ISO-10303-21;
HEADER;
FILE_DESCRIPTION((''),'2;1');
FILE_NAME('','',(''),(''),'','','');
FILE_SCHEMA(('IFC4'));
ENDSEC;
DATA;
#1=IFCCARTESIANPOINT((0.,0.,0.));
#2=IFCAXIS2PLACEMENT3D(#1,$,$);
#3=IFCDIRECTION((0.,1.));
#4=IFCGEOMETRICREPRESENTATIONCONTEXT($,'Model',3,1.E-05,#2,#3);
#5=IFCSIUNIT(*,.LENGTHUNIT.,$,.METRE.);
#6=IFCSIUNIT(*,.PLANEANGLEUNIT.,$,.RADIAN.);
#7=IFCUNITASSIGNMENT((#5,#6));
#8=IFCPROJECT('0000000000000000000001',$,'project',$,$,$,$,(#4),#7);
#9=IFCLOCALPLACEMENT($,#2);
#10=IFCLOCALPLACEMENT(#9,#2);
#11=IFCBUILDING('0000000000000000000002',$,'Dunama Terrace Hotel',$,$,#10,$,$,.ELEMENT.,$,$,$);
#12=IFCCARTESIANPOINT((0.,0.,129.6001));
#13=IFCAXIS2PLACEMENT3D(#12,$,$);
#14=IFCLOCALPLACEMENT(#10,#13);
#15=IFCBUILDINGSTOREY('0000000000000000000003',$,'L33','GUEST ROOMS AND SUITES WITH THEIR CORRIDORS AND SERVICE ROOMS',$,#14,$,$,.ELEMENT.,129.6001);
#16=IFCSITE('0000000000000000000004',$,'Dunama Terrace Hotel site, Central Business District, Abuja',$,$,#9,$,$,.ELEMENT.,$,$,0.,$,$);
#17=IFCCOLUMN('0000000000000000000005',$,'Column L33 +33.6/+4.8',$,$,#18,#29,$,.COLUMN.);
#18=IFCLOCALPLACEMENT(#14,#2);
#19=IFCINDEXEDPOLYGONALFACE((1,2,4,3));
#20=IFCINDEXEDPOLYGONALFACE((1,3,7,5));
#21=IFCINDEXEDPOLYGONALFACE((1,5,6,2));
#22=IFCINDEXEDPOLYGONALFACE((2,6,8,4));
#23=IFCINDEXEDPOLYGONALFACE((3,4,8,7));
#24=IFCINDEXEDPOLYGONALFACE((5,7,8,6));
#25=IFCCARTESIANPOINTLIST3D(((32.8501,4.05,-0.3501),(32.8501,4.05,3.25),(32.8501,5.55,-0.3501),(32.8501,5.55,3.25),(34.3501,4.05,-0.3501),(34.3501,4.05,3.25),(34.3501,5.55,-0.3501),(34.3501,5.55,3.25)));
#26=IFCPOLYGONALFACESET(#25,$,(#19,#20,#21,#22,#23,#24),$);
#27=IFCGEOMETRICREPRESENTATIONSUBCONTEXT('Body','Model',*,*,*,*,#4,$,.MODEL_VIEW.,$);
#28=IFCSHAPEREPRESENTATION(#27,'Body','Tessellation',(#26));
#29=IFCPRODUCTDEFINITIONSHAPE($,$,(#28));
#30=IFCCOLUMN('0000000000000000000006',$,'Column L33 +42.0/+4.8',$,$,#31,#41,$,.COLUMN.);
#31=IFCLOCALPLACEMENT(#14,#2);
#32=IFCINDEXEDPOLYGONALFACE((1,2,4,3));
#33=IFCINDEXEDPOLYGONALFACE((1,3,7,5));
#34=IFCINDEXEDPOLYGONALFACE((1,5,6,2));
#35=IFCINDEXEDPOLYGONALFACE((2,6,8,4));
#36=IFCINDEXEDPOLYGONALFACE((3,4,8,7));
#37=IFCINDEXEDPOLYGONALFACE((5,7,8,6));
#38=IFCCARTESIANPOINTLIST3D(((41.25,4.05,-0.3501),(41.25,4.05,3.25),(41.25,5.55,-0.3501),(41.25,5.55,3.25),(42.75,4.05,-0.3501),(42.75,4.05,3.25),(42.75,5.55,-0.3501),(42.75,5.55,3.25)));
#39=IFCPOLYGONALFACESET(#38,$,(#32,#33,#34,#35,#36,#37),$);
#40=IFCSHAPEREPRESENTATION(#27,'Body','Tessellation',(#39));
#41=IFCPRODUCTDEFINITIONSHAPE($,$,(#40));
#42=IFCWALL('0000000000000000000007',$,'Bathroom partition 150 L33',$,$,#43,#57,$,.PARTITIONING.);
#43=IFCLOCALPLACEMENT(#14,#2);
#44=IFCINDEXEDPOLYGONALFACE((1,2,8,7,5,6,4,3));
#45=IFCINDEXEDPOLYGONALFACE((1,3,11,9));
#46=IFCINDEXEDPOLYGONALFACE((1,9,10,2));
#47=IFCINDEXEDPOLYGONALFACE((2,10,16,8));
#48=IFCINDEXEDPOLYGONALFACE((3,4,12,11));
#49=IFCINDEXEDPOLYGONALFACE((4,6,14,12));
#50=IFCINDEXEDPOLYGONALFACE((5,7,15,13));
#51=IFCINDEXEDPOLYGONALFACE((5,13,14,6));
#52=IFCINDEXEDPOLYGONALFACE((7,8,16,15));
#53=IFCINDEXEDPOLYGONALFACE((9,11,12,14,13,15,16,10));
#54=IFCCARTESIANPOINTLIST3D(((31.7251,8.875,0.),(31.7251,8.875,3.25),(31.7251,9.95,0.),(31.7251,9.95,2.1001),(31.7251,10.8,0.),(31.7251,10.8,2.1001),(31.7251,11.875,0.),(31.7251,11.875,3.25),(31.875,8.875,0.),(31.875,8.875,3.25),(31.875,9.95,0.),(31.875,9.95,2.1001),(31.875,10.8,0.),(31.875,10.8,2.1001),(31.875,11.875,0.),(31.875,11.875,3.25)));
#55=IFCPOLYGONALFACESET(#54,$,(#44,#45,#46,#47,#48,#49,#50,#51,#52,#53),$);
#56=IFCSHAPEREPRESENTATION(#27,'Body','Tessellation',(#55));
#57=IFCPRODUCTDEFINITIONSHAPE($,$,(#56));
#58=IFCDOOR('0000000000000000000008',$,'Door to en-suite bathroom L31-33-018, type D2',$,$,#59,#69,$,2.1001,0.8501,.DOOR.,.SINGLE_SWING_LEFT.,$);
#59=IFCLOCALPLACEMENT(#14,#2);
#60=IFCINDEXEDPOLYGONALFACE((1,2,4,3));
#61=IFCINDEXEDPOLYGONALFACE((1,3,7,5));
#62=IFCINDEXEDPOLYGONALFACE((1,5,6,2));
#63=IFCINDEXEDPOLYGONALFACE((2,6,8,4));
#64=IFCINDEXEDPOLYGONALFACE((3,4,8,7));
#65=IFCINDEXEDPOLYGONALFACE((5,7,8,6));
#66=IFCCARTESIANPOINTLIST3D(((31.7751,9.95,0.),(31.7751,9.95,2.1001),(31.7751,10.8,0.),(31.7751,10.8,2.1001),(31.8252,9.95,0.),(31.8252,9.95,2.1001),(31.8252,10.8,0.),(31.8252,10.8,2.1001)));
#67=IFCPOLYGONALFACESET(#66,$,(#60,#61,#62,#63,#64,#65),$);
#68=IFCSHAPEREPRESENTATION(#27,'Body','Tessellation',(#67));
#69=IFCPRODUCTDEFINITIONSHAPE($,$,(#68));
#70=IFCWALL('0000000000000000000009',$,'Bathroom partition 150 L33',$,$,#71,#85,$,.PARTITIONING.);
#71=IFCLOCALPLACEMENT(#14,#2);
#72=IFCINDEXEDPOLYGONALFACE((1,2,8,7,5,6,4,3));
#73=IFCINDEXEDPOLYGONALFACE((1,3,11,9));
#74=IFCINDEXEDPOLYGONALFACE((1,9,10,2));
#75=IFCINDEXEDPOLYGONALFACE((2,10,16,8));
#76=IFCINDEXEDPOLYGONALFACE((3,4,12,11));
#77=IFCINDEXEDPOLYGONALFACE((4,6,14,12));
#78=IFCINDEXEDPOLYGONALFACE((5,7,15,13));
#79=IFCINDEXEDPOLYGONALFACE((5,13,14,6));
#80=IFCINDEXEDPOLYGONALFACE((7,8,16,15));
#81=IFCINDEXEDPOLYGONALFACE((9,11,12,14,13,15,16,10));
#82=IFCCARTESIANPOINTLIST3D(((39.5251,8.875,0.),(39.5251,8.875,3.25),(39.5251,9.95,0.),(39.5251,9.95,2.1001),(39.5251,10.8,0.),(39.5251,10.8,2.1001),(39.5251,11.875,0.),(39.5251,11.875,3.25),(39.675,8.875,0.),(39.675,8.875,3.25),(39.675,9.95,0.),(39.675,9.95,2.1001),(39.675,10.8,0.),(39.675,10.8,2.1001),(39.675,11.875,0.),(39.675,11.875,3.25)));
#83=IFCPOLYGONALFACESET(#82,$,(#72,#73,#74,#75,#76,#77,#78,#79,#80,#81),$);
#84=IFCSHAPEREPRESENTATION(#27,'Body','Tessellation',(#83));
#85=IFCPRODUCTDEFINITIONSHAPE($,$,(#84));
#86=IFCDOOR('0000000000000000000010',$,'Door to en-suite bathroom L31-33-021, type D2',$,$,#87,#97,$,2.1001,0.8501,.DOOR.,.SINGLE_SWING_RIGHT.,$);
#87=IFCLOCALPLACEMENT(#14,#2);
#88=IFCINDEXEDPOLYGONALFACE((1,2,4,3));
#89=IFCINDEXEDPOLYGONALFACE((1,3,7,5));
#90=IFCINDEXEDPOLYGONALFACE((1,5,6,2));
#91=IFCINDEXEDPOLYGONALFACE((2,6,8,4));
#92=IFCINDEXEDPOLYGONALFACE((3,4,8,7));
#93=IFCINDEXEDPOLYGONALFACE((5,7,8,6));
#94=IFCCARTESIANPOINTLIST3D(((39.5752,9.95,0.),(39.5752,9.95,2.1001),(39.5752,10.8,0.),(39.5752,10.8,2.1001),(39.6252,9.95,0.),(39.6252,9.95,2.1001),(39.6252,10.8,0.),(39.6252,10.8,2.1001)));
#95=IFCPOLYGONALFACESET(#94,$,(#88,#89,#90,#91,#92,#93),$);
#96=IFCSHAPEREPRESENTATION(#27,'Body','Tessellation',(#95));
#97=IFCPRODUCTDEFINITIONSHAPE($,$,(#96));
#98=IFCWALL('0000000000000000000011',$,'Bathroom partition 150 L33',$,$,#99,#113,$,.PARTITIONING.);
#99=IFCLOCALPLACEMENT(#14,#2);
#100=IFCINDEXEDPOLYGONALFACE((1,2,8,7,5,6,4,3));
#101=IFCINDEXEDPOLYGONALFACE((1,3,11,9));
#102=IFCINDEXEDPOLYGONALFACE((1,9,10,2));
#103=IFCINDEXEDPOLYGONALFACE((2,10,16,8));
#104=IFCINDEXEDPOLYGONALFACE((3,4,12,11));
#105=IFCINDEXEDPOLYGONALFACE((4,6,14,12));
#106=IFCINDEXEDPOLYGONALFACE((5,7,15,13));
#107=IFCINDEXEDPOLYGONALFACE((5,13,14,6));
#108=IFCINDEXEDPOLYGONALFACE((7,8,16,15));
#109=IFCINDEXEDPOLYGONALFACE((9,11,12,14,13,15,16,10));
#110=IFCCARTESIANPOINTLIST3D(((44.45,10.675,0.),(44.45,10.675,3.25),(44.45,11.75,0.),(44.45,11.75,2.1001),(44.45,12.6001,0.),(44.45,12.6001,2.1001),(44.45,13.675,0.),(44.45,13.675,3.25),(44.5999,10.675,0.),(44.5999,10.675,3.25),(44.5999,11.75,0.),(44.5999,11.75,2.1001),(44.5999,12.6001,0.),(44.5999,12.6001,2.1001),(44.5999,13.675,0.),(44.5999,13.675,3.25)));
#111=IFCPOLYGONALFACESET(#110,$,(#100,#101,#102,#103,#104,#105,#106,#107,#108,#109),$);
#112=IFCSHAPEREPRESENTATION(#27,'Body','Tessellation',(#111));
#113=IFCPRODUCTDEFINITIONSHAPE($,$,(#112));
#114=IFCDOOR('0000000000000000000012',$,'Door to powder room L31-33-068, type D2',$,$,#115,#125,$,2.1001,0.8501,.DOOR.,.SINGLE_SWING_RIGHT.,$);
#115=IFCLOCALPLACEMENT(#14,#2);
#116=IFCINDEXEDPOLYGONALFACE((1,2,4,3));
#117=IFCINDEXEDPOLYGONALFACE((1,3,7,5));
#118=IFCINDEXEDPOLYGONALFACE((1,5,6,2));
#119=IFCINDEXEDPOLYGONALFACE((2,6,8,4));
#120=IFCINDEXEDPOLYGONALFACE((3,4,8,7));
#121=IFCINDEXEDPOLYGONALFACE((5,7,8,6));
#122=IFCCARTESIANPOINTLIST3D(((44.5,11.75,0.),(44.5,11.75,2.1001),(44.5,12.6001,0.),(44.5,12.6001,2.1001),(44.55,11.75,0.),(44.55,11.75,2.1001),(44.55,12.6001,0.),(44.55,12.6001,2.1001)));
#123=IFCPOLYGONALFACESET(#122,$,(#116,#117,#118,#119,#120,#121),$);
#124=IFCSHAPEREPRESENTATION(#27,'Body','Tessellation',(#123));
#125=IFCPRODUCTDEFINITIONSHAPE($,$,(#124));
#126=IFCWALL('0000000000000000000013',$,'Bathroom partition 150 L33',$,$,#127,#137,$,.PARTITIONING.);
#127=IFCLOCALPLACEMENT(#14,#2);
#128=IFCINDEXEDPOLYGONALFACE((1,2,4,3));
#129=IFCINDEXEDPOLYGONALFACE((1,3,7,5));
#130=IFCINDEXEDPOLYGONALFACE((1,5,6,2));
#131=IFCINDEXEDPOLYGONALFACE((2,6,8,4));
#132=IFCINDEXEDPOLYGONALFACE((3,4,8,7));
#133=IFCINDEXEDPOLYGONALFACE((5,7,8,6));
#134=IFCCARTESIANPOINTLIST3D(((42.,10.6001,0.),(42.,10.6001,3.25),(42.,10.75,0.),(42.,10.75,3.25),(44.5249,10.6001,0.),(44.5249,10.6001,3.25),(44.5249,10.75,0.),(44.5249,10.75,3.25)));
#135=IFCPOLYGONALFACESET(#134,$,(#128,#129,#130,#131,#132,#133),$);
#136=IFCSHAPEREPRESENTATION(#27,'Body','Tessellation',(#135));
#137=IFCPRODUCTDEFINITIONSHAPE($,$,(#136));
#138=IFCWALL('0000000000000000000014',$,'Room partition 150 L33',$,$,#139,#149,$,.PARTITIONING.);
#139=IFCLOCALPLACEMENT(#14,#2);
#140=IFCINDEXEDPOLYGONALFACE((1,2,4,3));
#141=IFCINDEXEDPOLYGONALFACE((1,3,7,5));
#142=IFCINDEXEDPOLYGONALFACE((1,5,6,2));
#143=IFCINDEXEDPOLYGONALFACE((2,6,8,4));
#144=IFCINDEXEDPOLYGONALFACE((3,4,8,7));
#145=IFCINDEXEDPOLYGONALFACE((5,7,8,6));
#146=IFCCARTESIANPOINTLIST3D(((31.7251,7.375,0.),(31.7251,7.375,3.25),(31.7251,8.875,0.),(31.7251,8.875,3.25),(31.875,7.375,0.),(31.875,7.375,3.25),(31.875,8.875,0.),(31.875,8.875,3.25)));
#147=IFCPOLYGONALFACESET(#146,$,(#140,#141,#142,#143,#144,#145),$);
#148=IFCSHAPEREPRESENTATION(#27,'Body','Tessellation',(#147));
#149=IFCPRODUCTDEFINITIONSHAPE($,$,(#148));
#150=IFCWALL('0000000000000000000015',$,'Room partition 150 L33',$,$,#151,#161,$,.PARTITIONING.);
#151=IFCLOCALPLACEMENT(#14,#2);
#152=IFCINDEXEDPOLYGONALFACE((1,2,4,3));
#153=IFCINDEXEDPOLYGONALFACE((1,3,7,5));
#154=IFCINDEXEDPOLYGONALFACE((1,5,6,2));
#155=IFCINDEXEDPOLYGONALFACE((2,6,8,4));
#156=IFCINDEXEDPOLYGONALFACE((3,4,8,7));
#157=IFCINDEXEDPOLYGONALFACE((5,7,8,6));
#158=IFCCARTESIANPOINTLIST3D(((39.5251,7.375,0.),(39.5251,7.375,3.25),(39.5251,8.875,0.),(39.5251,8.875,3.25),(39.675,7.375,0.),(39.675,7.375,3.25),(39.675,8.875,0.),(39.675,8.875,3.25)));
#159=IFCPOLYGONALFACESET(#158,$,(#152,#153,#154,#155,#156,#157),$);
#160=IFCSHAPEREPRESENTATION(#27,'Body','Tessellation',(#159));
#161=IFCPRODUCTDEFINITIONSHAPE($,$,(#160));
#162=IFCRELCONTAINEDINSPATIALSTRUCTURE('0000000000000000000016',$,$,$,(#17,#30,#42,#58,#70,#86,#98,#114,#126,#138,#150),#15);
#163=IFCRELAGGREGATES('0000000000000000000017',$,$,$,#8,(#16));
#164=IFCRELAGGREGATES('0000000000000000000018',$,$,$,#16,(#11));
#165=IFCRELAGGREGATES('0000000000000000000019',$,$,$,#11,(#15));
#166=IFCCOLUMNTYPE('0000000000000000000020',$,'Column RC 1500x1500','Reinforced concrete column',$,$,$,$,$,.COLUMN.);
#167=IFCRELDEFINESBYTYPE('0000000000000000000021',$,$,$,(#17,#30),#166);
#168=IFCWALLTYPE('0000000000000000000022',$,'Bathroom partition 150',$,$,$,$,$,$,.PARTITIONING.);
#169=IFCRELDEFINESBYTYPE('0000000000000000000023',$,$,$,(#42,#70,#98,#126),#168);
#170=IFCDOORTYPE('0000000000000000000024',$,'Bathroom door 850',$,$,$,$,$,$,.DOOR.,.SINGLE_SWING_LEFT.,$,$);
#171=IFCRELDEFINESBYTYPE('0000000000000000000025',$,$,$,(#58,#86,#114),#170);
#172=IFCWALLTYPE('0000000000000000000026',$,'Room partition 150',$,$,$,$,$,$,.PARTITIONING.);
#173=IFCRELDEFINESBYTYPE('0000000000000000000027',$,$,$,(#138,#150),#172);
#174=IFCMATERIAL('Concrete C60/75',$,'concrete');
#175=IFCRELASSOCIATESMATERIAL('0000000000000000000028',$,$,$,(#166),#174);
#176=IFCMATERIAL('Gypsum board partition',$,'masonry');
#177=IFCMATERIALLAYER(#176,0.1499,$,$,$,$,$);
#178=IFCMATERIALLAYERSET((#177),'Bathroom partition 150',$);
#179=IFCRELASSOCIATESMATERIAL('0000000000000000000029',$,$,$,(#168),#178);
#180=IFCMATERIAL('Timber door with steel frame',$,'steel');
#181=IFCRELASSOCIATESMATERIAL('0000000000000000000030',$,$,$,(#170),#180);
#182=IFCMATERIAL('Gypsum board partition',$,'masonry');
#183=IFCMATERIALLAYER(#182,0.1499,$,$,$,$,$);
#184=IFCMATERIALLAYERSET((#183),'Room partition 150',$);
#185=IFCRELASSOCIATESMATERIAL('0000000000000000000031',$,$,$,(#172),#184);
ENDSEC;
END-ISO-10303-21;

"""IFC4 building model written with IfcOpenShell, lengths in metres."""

from ifc_helpers import new_model, si_unit, direction, frame, frame_2d, origin, origin_2d, place, context, subcontext, project, spatial, rectangle, extrude, material, layer, layer_set, material_profile, profile_set, type_object, element, fill, save


model = new_model("IFC4")

# Units and contexts
model_context = context("Model", 3, precision=1e-05, world=origin(), true_north=direction((0.0, 1.0)))
body_context = subcontext(model_context, "Body", "Model", "MODEL_VIEW")
ifc_project = project(units=[si_unit("LENGTHUNIT", "METRE"), si_unit("PLANEANGLEUNIT", "RADIAN")], contexts=[model_context])

# Site, building, storey
site_placement = place(None, origin())
site = spatial("IfcSite", under=ifc_project, at=site_placement, Name="Dunama Terrace Hotel site, Central Business District, Abuja", CompositionType="ELEMENT", RefElevation=0.0)
building_placement = place(site_placement, origin())
building = spatial("IfcBuilding", under=site, at=building_placement, Name="Dunama Terrace Hotel", CompositionType="ELEMENT")
storey_placement = place(building_placement, frame((0.0, 0.0, 129.6001)))
storey = spatial("IfcBuildingStorey", under=building, at=storey_placement, Name="L33", Description="GUEST ROOMS AND SUITES WITH THEIR CORRIDORS AND SERVICE ROOMS", CompositionType="ELEMENT", Elevation=129.6001)

# Columns
ifc_material_1 = material(Name="Concrete C60/75", Category="concrete")
ifc_material_profile = material_profile(ifc_material_1, rectangle(XDim=1.5, YDim=1.5, at=origin_2d()), Name="RC 1500x1500")
ifc_profile_set = profile_set([ifc_material_profile], Name="Concrete C60/75")
column_type = type_object("IfcColumnType", Name="Column RC 1500x1500", Description="Reinforced concrete column", PredefinedType="COLUMN", material=ifc_profile_set)
for number, where, z_axis, x_axis, name in (
    (1, (33.6001, 4.8, -0.3501), (0.0, 0.0, 1.0), (1.0, 0.0, 0.0), "Column L33 +33.6/+4.8"),
    (2, (42.0, 4.8, -0.3501), (0.0, 0.0, 1.0), (1.0, 0.0, 0.0), "Column L33 +42.0/+4.8"),
):
    element("IfcColumn", number, at=place(storey_placement, frame(where, z_axis=z_axis, x_axis=x_axis)), inside=storey, type_object=column_type, Name=name, PredefinedType="COLUMN", context=body_context, shape_type="SweptSolid", body=[
        extrude(rectangle(XDim=1.5, YDim=1.5, at=origin_2d()), origin(), (0.0, 0.0, 1.0), 3.6001),
    ])

# Walls, openings, doors
ifc_material_2 = material(Name="Gypsum board partition", Category="masonry")
ifc_layer_1 = layer(ifc_material_2, 0.1499)
ifc_layer_set_1 = layer_set([ifc_layer_1], Name="Bathroom partition 150")
wall_type_1 = type_object("IfcWallType", Name="Bathroom partition 150", PredefinedType="PARTITIONING", material=ifc_layer_set_1)
wall_1_placement = place(storey_placement, frame((31.8, 8.875, 0.0), z_axis=(0.0, 0.0, 1.0), x_axis=(0.0, 1.0, 0.0)))
wall_1 = element("IfcWall", 3, at=wall_1_placement, inside=storey, type_object=wall_type_1, Name="Bathroom partition 150 L33", PredefinedType="PARTITIONING", context=body_context, shape_type="SweptSolid", body=[
    extrude(rectangle(XDim=3.0, YDim=0.1499, at=frame_2d((1.5, 0.0))), origin(), (0.0, 0.0, 1.0), 3.25),
])
opening_1_placement = place(wall_1_placement, frame((1.075, 0.0, 0.0)))
opening_1 = element("IfcOpeningElement", 4, at=opening_1_placement, cuts=wall_1, PredefinedType="OPENING", context=body_context, shape_type="SweptSolid", body=[
    extrude(rectangle(XDim=0.8501, YDim=2.1001, at=frame_2d((0.425, 1.05))), frame((0.0, 0.085, 0.0), z_axis=(0.0, -1.0, 0.0), x_axis=(1.0, 0.0, 0.0)), (0.0, 0.0, 1.0), 0.1699),
])
ifc_material_3 = material(Name="Timber door with steel frame", Category="steel")
door_type_1 = type_object("IfcDoorType", Name="Bathroom door 850", OperationType="SINGLE_SWING_LEFT", PredefinedType="DOOR", material=ifc_material_3)
door_1_placement = place(opening_1_placement, origin())
door_1 = element("IfcDoor", 5, at=door_1_placement, inside=storey, type_object=door_type_1, Name="Door to en-suite bathroom L31-33-018, type D2", OperationType="SINGLE_SWING_LEFT", OverallHeight=2.1001, OverallWidth=0.8501, PredefinedType="DOOR", context=body_context, shape_type="SweptSolid", body=[
    extrude(rectangle(XDim=0.8501, YDim=2.1001, at=frame_2d((0.425, 1.05))), frame((0.0, 0.0249, 0.0), z_axis=(0.0, -1.0, 0.0), x_axis=(1.0, 0.0, 0.0)), (0.0, 0.0, 1.0), 0.05),
])
fill(opening_1, door_1)
wall_2_placement = place(storey_placement, frame((39.6001, 8.875, 0.0), z_axis=(0.0, 0.0, 1.0), x_axis=(0.0, 1.0, 0.0)))
wall_2 = element("IfcWall", 6, at=wall_2_placement, inside=storey, type_object=wall_type_1, Name="Bathroom partition 150 L33", PredefinedType="PARTITIONING", context=body_context, shape_type="SweptSolid", body=[
    extrude(rectangle(XDim=3.0, YDim=0.1499, at=frame_2d((1.5, 0.0))), origin(), (0.0, 0.0, 1.0), 3.25),
])
opening_2_placement = place(wall_2_placement, frame((1.075, 0.0, 0.0)))
opening_2 = element("IfcOpeningElement", 7, at=opening_2_placement, cuts=wall_2, PredefinedType="OPENING", context=body_context, shape_type="SweptSolid", body=[
    extrude(rectangle(XDim=0.8501, YDim=2.1001, at=frame_2d((0.425, 1.05))), frame((0.0, 0.085, 0.0), z_axis=(0.0, -1.0, 0.0), x_axis=(1.0, 0.0, 0.0)), (0.0, 0.0, 1.0), 0.1699),
])
door_2_placement = place(opening_2_placement, frame((0.8501, 0.0, 0.0), z_axis=(0.0, 0.0, 1.0), x_axis=(-1.0, 0.0, 0.0)))
door_2 = element("IfcDoor", 8, at=door_2_placement, inside=storey, type_object=door_type_1, Name="Door to en-suite bathroom L31-33-021, type D2", OperationType="SINGLE_SWING_RIGHT", OverallHeight=2.1001, OverallWidth=0.8501, PredefinedType="DOOR", context=body_context, shape_type="SweptSolid", body=[
    extrude(rectangle(XDim=0.8501, YDim=2.1001, at=frame_2d((0.425, 1.05))), frame((0.0, 0.0251, 0.0), z_axis=(0.0, -1.0, 0.0), x_axis=(1.0, 0.0, 0.0)), (0.0, 0.0, 1.0), 0.05),
])
fill(opening_2, door_2)
wall_3_placement = place(storey_placement, frame((44.5249, 10.675, 0.0), z_axis=(0.0, 0.0, 1.0), x_axis=(0.0, 1.0, 0.0)))
wall_3 = element("IfcWall", 9, at=wall_3_placement, inside=storey, type_object=wall_type_1, Name="Bathroom partition 150 L33", PredefinedType="PARTITIONING", context=body_context, shape_type="SweptSolid", body=[
    extrude(rectangle(XDim=3.0, YDim=0.1499, at=frame_2d((1.5, 0.0))), origin(), (0.0, 0.0, 1.0), 3.25),
])
opening_3_placement = place(wall_3_placement, frame((1.075, 0.0, 0.0)))
opening_3 = element("IfcOpeningElement", 10, at=opening_3_placement, cuts=wall_3, PredefinedType="OPENING", context=body_context, shape_type="SweptSolid", body=[
    extrude(rectangle(XDim=0.8501, YDim=2.1001, at=frame_2d((0.425, 1.05))), frame((0.0, 0.085, 0.0), z_axis=(0.0, -1.0, 0.0), x_axis=(1.0, 0.0, 0.0)), (0.0, 0.0, 1.0), 0.1699),
])
door_3_placement = place(opening_3_placement, origin())
door_3 = element("IfcDoor", 11, at=door_3_placement, inside=storey, type_object=door_type_1, Name="Door to powder room L31-33-068, type D2", OperationType="SINGLE_SWING_RIGHT", OverallHeight=2.1001, OverallWidth=0.8501, PredefinedType="DOOR", context=body_context, shape_type="SweptSolid", body=[
    extrude(rectangle(XDim=0.8501, YDim=2.1001, at=frame_2d((0.425, 1.05))), frame((0.0, 0.0249, 0.0), z_axis=(0.0, -1.0, 0.0), x_axis=(1.0, 0.0, 0.0)), (0.0, 0.0, 1.0), 0.05),
])
fill(opening_3, door_3)

# Walls
wall_4_placement = place(storey_placement, frame((42.0, 10.675, 0.0), z_axis=(0.0, 0.0, 1.0), x_axis=(1.0, 0.0, 0.0)))
element("IfcWall", 12, at=wall_4_placement, inside=storey, type_object=wall_type_1, Name="Bathroom partition 150 L33", PredefinedType="PARTITIONING", context=body_context, shape_type="SweptSolid", body=[
    extrude(rectangle(XDim=2.5249, YDim=0.1499, at=frame_2d((1.2625, 0.0))), origin(), (0.0, 0.0, 1.0), 3.25),
])
ifc_material_4 = material(Name="Gypsum board partition", Category="masonry")
ifc_layer_2 = layer(ifc_material_4, 0.1499)
ifc_layer_set_2 = layer_set([ifc_layer_2], Name="Room partition 150")
wall_type_2 = type_object("IfcWallType", Name="Room partition 150", PredefinedType="PARTITIONING", material=ifc_layer_set_2)
for number, where, z_axis, x_axis, name in (
    (13, (31.8, 7.375, 0.0), (0.0, 0.0, 1.0), (0.0, 1.0, 0.0), "Room partition 150 L33"),
    (14, (39.6001, 7.375, 0.0), (0.0, 0.0, 1.0), (0.0, 1.0, 0.0), "Room partition 150 L33"),
):
    element("IfcWall", number, at=place(storey_placement, frame(where, z_axis=z_axis, x_axis=x_axis)), inside=storey, type_object=wall_type_2, Name=name, PredefinedType="PARTITIONING", context=body_context, shape_type="SweptSolid", body=[
        extrude(rectangle(XDim=1.5, YDim=0.1499, at=frame_2d((0.75, 0.0))), origin(), (0.0, 0.0, 1.0), 3.25),
    ])

save(model, "model.ifc")
